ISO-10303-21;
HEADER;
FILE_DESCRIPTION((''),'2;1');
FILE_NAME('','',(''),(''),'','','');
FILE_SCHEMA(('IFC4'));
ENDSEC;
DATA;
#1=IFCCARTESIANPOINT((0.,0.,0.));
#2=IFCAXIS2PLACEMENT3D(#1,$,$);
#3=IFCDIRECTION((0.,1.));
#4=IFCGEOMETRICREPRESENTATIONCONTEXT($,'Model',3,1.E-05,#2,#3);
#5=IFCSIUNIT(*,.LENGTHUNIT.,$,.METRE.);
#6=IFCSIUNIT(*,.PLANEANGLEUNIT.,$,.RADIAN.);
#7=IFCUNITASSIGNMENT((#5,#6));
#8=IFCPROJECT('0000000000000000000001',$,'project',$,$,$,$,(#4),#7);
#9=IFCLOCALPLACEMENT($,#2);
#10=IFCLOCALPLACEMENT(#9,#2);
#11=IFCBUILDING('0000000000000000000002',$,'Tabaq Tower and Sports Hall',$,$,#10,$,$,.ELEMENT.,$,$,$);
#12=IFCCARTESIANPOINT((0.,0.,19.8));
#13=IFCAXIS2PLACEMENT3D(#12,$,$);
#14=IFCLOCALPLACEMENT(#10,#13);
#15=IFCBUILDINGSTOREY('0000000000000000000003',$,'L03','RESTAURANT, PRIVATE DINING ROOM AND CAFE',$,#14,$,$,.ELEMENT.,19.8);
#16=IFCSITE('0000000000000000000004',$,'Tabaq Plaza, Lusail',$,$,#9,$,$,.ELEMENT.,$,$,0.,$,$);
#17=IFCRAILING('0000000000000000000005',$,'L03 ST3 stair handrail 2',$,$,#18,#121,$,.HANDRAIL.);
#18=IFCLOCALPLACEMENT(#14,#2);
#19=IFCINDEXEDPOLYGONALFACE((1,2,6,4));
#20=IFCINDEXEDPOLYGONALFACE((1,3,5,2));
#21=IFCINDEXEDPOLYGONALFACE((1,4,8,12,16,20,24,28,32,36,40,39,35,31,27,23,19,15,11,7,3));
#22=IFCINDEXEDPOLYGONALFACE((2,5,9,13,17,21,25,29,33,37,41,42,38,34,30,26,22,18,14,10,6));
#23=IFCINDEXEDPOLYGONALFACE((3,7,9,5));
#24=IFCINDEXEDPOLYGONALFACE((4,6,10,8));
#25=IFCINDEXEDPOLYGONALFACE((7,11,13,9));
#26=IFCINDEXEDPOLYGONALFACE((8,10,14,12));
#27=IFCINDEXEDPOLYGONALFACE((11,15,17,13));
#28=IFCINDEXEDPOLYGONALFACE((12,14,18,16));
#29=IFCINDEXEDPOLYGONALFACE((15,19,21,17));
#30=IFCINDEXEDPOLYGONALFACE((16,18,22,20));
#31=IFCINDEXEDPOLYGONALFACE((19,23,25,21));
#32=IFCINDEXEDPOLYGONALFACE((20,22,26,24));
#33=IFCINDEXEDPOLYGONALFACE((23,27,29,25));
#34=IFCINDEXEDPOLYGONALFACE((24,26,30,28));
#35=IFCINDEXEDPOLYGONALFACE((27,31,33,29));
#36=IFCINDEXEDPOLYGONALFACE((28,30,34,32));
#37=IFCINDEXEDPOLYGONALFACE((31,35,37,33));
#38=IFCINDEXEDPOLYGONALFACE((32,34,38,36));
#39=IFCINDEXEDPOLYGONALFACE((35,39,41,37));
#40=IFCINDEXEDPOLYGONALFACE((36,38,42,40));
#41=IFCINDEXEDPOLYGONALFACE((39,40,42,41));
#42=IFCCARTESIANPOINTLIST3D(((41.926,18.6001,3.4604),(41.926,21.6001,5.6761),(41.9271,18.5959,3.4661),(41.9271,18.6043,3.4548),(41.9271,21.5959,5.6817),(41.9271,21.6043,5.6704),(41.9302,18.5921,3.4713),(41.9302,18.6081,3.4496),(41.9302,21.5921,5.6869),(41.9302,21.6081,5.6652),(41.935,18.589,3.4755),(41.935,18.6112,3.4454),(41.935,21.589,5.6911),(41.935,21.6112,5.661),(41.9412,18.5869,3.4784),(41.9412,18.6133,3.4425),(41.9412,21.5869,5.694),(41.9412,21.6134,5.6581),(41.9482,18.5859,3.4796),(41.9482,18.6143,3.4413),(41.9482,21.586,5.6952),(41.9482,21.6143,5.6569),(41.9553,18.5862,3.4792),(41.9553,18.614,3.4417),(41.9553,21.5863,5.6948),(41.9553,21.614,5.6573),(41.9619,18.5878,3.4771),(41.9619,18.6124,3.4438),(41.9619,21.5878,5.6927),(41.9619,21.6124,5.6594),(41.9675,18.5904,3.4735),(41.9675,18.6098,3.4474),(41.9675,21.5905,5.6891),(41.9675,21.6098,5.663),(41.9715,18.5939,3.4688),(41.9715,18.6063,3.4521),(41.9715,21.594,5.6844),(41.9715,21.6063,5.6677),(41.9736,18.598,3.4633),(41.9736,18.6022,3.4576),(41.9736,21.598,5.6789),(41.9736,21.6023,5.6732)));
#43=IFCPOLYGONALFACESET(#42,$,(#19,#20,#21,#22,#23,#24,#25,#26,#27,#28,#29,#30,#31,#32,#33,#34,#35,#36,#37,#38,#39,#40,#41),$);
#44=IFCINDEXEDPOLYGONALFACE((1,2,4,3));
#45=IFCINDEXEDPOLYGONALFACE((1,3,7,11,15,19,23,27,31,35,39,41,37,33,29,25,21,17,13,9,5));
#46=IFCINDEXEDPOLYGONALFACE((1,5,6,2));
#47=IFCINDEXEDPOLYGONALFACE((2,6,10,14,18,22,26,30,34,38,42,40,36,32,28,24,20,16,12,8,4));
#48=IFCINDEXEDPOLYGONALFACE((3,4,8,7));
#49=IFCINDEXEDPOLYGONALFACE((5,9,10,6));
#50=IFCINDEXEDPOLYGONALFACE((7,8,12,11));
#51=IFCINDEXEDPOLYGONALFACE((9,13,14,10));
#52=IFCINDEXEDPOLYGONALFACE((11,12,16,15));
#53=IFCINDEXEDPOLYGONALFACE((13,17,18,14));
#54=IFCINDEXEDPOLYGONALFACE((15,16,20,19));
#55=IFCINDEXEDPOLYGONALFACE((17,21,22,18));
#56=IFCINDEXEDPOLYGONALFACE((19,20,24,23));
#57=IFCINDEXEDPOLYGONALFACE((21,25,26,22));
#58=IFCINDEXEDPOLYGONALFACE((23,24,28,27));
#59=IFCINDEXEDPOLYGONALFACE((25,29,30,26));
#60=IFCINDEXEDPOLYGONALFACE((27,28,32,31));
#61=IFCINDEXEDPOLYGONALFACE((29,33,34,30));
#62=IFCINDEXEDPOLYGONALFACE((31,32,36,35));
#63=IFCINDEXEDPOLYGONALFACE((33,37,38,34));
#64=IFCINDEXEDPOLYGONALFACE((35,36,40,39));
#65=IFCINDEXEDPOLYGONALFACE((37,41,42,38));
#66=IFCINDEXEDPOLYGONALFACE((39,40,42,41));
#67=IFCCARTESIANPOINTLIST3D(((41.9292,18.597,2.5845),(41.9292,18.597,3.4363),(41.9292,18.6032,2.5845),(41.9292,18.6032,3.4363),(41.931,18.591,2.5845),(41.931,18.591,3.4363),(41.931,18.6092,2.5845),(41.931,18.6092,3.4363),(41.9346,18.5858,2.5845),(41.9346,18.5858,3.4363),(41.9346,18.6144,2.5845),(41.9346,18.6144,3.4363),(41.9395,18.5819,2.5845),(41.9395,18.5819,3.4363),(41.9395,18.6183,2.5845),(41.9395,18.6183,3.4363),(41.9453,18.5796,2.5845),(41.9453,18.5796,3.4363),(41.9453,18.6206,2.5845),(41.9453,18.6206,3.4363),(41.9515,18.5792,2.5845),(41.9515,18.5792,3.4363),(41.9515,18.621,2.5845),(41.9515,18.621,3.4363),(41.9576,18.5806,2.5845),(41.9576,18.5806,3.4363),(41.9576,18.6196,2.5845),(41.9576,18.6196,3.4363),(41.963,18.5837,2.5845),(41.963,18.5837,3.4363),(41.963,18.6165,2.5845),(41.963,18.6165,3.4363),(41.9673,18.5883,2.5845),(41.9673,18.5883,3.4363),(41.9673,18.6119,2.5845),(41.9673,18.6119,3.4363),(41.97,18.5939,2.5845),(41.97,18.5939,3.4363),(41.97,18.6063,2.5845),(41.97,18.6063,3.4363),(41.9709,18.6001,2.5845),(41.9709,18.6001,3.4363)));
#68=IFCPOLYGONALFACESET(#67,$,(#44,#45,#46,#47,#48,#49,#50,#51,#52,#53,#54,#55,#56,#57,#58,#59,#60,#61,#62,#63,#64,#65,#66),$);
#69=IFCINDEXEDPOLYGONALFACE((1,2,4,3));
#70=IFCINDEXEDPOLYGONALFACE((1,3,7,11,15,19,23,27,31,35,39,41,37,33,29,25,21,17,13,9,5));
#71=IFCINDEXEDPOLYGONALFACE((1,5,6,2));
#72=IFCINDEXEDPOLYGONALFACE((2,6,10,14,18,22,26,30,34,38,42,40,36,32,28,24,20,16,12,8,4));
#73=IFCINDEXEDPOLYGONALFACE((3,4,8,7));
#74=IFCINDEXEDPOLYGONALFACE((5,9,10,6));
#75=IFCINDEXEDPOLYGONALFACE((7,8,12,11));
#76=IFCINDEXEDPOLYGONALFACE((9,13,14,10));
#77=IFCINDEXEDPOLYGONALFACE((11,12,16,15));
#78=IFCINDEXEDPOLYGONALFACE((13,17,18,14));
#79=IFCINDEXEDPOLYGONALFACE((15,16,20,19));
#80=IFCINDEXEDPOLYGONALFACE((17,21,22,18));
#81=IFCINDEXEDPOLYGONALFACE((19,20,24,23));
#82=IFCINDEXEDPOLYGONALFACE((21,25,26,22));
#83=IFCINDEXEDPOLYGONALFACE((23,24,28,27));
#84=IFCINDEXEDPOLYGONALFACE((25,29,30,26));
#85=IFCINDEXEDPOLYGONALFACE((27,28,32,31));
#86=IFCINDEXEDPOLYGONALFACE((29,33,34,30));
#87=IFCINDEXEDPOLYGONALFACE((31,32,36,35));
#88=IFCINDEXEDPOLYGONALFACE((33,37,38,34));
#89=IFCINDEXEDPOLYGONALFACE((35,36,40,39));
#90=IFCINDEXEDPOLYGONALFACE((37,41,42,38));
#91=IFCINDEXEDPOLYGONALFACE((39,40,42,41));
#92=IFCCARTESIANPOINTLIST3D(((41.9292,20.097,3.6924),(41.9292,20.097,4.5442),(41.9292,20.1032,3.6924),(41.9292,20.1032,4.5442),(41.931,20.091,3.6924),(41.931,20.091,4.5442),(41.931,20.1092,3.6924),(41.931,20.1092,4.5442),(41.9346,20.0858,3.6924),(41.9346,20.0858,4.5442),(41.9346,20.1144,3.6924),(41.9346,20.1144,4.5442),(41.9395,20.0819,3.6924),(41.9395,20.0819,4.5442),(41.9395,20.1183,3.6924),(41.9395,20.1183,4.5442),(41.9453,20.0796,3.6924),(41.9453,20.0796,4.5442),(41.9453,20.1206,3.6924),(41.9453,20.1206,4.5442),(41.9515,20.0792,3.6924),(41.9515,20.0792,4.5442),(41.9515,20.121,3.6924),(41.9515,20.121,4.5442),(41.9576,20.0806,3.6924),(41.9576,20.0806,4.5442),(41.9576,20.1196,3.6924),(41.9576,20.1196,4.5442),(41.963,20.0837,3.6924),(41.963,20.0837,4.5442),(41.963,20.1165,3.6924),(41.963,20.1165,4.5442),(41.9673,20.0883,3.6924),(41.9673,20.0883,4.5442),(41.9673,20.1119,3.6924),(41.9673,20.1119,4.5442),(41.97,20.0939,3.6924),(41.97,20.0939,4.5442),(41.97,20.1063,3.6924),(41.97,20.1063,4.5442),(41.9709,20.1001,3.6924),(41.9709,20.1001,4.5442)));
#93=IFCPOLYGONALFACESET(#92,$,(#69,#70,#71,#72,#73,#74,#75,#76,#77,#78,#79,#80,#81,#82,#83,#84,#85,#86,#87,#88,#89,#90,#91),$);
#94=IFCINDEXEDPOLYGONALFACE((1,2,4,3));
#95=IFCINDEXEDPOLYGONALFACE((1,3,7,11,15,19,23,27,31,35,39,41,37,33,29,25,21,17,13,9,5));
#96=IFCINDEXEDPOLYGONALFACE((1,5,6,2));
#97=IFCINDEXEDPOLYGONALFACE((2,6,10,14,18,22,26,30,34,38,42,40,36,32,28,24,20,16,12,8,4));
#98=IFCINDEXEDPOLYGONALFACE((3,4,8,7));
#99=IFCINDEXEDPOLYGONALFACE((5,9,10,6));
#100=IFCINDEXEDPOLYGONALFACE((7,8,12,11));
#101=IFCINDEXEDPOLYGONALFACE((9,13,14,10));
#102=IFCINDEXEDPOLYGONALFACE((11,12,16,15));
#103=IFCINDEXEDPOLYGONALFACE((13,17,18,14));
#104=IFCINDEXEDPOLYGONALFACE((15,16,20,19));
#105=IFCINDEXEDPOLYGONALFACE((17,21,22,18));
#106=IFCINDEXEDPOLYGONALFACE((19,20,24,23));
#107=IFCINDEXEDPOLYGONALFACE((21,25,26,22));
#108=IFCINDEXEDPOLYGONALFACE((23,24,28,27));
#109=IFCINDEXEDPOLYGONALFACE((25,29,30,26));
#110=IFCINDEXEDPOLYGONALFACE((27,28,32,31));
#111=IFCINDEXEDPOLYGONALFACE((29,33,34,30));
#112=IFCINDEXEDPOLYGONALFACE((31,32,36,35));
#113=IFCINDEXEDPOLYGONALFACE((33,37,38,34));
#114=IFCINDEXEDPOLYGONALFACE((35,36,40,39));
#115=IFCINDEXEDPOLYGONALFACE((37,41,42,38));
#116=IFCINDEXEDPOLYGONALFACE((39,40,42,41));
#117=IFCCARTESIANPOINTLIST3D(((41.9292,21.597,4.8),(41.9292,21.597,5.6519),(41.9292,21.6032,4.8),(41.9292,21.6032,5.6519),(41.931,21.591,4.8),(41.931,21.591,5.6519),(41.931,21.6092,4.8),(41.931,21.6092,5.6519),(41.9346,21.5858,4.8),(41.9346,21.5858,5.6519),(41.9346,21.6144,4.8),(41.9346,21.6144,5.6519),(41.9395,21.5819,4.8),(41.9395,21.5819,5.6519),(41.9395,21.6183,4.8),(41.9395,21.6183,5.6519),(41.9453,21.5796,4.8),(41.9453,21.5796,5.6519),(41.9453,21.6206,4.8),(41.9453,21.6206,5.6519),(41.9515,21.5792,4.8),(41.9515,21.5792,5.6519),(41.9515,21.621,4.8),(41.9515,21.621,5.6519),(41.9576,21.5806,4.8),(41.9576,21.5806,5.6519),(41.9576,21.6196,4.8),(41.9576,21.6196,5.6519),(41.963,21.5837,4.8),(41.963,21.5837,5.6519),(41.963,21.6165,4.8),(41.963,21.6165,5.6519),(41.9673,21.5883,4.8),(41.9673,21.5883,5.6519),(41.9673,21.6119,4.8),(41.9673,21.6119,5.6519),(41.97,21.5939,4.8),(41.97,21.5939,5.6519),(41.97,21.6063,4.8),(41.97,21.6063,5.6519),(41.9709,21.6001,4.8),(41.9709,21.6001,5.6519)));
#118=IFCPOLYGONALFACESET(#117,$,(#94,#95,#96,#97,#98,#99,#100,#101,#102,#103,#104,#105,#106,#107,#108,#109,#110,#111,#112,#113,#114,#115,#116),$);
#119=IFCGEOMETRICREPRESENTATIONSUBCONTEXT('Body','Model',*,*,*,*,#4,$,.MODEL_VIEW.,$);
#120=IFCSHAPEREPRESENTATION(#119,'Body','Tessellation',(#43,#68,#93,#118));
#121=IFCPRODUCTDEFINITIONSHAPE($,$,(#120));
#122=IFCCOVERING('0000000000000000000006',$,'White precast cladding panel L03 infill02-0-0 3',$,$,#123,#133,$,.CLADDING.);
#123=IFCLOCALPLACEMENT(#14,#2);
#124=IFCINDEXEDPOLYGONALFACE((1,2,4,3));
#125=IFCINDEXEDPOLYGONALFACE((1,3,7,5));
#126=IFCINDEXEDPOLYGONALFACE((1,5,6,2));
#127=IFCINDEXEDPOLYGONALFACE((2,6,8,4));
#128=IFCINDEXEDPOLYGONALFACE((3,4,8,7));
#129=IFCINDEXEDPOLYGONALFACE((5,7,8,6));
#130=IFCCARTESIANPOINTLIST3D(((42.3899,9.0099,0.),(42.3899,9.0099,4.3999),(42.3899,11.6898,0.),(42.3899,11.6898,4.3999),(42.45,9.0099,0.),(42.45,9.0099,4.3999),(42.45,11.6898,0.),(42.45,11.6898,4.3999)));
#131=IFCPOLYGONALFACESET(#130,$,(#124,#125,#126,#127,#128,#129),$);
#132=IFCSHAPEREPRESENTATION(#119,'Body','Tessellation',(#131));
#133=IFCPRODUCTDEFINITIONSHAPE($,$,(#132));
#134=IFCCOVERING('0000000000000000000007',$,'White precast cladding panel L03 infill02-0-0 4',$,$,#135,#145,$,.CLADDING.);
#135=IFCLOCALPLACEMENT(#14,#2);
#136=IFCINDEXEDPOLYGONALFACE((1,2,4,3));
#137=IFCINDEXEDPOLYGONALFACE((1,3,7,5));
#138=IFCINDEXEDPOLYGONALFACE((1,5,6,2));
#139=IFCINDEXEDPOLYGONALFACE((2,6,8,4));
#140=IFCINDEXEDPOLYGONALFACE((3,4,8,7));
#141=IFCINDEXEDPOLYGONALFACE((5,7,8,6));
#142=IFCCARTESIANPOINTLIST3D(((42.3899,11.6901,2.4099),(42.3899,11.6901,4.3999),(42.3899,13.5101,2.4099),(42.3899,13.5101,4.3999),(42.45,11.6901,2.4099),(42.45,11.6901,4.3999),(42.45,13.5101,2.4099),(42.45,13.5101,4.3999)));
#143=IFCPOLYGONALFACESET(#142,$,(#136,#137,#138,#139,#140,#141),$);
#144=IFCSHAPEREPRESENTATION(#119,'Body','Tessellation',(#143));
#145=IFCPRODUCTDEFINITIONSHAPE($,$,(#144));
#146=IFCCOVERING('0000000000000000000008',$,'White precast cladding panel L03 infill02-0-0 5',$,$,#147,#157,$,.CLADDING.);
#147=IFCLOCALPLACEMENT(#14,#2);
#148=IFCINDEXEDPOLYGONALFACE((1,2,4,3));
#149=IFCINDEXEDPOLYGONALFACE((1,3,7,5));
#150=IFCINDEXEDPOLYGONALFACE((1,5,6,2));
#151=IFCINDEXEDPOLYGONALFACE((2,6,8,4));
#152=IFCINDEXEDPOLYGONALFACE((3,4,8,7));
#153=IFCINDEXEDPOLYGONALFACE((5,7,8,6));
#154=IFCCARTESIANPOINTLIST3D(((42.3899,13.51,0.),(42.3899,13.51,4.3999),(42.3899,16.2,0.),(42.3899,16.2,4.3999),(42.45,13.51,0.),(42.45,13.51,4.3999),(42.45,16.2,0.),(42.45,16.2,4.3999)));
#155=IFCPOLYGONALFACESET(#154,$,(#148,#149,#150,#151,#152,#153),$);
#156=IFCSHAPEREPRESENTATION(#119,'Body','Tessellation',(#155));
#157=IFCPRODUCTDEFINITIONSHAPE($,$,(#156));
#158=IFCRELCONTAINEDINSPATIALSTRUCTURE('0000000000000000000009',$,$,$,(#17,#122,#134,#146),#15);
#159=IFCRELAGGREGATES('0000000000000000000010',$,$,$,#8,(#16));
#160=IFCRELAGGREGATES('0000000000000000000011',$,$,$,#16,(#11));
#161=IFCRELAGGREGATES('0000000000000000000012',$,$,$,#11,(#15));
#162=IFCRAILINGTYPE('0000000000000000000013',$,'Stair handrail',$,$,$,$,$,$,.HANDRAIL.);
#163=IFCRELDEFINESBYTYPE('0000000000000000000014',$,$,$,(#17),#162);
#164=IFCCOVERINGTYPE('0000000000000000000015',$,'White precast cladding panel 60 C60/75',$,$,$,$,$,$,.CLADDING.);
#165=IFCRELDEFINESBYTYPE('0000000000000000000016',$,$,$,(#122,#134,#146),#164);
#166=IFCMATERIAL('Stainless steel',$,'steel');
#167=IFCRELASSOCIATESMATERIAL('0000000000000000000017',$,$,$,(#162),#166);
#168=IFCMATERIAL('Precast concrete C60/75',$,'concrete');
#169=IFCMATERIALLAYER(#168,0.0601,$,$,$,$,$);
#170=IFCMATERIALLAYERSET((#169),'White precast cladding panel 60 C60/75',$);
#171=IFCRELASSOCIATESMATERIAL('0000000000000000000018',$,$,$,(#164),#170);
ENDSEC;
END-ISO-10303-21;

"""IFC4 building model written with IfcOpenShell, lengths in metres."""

from ifc_helpers import new_model, si_unit, direction, frame, frame_2d, origin, origin_2d, place, context, subcontext, project, spatial, rectangle, circle, extrude, material, layer, layer_set, type_object, element, save


model = new_model("IFC4")

# Units and contexts
model_context = context("Model", 3, precision=1e-05, world=origin(), true_north=direction((0.0, 1.0)))
body_context = subcontext(model_context, "Body", "Model", "MODEL_VIEW")
ifc_project = project(units=[si_unit("LENGTHUNIT", "METRE"), si_unit("PLANEANGLEUNIT", "RADIAN")], contexts=[model_context])

# Site, building, storey
site_placement = place(None, origin())
site = spatial("IfcSite", under=ifc_project, at=site_placement, Name="Tabaq Plaza, Lusail", CompositionType="ELEMENT", RefElevation=0.0)
building_placement = place(site_placement, origin())
building = spatial("IfcBuilding", under=site, at=building_placement, Name="Tabaq Tower and Sports Hall", CompositionType="ELEMENT")
storey_placement = place(building_placement, frame((0.0, 0.0, 19.8)))
storey = spatial("IfcBuildingStorey", under=building, at=storey_placement, Name="L03", Description="RESTAURANT, PRIVATE DINING ROOM AND CAFE", CompositionType="ELEMENT", Elevation=19.8)

# Railing
ifc_material_1 = material(Name="Stainless steel", Category="steel")
railing_type = type_object("IfcRailingType", Name="Stair handrail", PredefinedType="HANDRAIL", material=ifc_material_1)
railing_placement = place(storey_placement, frame((41.95, 18.6001, 2.5845)))
element("IfcRailing", 1, at=railing_placement, inside=storey, type_object=railing_type, Name="L03 ST3 stair handrail 2", PredefinedType="HANDRAIL", context=body_context, shape_type="SweptSolid", body=[
    extrude(circle(Radius=0.0239, at=origin_2d()), frame((0.0, 0.0, 0.876), z_axis=(0.0, 0.804409, 0.594076), x_axis=(-1.0, 0.0, 0.0)), (0.0, 0.0, 1.0), 3.7295),
    extrude(circle(Radius=0.021, at=origin_2d()), origin(), (0.0, 0.0, 1.0), 0.8518),
    extrude(circle(Radius=0.021, at=origin_2d()), frame((0.0, 1.5, 1.1079)), (0.0, 0.0, 1.0), 0.8518),
    extrude(circle(Radius=0.021, at=origin_2d()), frame((0.0, 3.0, 2.2156)), (0.0, 0.0, 1.0), 0.8518),
])

# Coverings
ifc_material_2 = material(Name="Precast concrete C60/75", Category="concrete")
ifc_layer_1 = layer(ifc_material_2, 0.0601)
ifc_layer_set_1 = layer_set([ifc_layer_1], Name="White precast cladding panel 60 C60/75")
covering_type_1 = type_object("IfcCoveringType", Name="White precast cladding panel 60 C60/75", PredefinedType="CLADDING", material=ifc_layer_set_1)
covering_1_placement = place(storey_placement, frame((42.4199, 9.01, 0.0), z_axis=(0.0, 0.0, 1.0), x_axis=(0.0, 1.0, 0.0)))
element("IfcCovering", 2, at=covering_1_placement, inside=storey, type_object=covering_type_1, Name="White precast cladding panel L03 infill02-0-0 3", PredefinedType="CLADDING", context=body_context, shape_type="SweptSolid", body=[
    extrude(rectangle(XDim=2.6799, YDim=0.0601, at=frame_2d((1.3398, 0.0))), origin(), (0.0, 0.0, 1.0), 4.3999),
])
covering_2_placement = place(storey_placement, frame((42.4199, 11.6899, 2.4099), z_axis=(0.0, 0.0, 1.0), x_axis=(0.0, 1.0, 0.0)))
element("IfcCovering", 3, at=covering_2_placement, inside=storey, type_object=covering_type_1, Name="White precast cladding panel L03 infill02-0-0 4", PredefinedType="CLADDING", context=body_context, shape_type="SweptSolid", body=[
    extrude(rectangle(XDim=1.8201, YDim=0.0601, at=frame_2d((0.9102, 0.0))), origin(), (0.0, 0.0, 1.0), 1.99),
])
covering_3_placement = place(storey_placement, frame((42.4199, 13.51, 0.0), z_axis=(0.0, 0.0, 1.0), x_axis=(0.0, 1.0, 0.0)))
element("IfcCovering", 4, at=covering_3_placement, inside=storey, type_object=covering_type_1, Name="White precast cladding panel L03 infill02-0-0 5", PredefinedType="CLADDING", context=body_context, shape_type="SweptSolid", body=[
    extrude(rectangle(XDim=2.6899, YDim=0.0601, at=frame_2d((1.345, 0.0))), origin(), (0.0, 0.0, 1.0), 4.3999),
])

save(model, "model.ifc")
